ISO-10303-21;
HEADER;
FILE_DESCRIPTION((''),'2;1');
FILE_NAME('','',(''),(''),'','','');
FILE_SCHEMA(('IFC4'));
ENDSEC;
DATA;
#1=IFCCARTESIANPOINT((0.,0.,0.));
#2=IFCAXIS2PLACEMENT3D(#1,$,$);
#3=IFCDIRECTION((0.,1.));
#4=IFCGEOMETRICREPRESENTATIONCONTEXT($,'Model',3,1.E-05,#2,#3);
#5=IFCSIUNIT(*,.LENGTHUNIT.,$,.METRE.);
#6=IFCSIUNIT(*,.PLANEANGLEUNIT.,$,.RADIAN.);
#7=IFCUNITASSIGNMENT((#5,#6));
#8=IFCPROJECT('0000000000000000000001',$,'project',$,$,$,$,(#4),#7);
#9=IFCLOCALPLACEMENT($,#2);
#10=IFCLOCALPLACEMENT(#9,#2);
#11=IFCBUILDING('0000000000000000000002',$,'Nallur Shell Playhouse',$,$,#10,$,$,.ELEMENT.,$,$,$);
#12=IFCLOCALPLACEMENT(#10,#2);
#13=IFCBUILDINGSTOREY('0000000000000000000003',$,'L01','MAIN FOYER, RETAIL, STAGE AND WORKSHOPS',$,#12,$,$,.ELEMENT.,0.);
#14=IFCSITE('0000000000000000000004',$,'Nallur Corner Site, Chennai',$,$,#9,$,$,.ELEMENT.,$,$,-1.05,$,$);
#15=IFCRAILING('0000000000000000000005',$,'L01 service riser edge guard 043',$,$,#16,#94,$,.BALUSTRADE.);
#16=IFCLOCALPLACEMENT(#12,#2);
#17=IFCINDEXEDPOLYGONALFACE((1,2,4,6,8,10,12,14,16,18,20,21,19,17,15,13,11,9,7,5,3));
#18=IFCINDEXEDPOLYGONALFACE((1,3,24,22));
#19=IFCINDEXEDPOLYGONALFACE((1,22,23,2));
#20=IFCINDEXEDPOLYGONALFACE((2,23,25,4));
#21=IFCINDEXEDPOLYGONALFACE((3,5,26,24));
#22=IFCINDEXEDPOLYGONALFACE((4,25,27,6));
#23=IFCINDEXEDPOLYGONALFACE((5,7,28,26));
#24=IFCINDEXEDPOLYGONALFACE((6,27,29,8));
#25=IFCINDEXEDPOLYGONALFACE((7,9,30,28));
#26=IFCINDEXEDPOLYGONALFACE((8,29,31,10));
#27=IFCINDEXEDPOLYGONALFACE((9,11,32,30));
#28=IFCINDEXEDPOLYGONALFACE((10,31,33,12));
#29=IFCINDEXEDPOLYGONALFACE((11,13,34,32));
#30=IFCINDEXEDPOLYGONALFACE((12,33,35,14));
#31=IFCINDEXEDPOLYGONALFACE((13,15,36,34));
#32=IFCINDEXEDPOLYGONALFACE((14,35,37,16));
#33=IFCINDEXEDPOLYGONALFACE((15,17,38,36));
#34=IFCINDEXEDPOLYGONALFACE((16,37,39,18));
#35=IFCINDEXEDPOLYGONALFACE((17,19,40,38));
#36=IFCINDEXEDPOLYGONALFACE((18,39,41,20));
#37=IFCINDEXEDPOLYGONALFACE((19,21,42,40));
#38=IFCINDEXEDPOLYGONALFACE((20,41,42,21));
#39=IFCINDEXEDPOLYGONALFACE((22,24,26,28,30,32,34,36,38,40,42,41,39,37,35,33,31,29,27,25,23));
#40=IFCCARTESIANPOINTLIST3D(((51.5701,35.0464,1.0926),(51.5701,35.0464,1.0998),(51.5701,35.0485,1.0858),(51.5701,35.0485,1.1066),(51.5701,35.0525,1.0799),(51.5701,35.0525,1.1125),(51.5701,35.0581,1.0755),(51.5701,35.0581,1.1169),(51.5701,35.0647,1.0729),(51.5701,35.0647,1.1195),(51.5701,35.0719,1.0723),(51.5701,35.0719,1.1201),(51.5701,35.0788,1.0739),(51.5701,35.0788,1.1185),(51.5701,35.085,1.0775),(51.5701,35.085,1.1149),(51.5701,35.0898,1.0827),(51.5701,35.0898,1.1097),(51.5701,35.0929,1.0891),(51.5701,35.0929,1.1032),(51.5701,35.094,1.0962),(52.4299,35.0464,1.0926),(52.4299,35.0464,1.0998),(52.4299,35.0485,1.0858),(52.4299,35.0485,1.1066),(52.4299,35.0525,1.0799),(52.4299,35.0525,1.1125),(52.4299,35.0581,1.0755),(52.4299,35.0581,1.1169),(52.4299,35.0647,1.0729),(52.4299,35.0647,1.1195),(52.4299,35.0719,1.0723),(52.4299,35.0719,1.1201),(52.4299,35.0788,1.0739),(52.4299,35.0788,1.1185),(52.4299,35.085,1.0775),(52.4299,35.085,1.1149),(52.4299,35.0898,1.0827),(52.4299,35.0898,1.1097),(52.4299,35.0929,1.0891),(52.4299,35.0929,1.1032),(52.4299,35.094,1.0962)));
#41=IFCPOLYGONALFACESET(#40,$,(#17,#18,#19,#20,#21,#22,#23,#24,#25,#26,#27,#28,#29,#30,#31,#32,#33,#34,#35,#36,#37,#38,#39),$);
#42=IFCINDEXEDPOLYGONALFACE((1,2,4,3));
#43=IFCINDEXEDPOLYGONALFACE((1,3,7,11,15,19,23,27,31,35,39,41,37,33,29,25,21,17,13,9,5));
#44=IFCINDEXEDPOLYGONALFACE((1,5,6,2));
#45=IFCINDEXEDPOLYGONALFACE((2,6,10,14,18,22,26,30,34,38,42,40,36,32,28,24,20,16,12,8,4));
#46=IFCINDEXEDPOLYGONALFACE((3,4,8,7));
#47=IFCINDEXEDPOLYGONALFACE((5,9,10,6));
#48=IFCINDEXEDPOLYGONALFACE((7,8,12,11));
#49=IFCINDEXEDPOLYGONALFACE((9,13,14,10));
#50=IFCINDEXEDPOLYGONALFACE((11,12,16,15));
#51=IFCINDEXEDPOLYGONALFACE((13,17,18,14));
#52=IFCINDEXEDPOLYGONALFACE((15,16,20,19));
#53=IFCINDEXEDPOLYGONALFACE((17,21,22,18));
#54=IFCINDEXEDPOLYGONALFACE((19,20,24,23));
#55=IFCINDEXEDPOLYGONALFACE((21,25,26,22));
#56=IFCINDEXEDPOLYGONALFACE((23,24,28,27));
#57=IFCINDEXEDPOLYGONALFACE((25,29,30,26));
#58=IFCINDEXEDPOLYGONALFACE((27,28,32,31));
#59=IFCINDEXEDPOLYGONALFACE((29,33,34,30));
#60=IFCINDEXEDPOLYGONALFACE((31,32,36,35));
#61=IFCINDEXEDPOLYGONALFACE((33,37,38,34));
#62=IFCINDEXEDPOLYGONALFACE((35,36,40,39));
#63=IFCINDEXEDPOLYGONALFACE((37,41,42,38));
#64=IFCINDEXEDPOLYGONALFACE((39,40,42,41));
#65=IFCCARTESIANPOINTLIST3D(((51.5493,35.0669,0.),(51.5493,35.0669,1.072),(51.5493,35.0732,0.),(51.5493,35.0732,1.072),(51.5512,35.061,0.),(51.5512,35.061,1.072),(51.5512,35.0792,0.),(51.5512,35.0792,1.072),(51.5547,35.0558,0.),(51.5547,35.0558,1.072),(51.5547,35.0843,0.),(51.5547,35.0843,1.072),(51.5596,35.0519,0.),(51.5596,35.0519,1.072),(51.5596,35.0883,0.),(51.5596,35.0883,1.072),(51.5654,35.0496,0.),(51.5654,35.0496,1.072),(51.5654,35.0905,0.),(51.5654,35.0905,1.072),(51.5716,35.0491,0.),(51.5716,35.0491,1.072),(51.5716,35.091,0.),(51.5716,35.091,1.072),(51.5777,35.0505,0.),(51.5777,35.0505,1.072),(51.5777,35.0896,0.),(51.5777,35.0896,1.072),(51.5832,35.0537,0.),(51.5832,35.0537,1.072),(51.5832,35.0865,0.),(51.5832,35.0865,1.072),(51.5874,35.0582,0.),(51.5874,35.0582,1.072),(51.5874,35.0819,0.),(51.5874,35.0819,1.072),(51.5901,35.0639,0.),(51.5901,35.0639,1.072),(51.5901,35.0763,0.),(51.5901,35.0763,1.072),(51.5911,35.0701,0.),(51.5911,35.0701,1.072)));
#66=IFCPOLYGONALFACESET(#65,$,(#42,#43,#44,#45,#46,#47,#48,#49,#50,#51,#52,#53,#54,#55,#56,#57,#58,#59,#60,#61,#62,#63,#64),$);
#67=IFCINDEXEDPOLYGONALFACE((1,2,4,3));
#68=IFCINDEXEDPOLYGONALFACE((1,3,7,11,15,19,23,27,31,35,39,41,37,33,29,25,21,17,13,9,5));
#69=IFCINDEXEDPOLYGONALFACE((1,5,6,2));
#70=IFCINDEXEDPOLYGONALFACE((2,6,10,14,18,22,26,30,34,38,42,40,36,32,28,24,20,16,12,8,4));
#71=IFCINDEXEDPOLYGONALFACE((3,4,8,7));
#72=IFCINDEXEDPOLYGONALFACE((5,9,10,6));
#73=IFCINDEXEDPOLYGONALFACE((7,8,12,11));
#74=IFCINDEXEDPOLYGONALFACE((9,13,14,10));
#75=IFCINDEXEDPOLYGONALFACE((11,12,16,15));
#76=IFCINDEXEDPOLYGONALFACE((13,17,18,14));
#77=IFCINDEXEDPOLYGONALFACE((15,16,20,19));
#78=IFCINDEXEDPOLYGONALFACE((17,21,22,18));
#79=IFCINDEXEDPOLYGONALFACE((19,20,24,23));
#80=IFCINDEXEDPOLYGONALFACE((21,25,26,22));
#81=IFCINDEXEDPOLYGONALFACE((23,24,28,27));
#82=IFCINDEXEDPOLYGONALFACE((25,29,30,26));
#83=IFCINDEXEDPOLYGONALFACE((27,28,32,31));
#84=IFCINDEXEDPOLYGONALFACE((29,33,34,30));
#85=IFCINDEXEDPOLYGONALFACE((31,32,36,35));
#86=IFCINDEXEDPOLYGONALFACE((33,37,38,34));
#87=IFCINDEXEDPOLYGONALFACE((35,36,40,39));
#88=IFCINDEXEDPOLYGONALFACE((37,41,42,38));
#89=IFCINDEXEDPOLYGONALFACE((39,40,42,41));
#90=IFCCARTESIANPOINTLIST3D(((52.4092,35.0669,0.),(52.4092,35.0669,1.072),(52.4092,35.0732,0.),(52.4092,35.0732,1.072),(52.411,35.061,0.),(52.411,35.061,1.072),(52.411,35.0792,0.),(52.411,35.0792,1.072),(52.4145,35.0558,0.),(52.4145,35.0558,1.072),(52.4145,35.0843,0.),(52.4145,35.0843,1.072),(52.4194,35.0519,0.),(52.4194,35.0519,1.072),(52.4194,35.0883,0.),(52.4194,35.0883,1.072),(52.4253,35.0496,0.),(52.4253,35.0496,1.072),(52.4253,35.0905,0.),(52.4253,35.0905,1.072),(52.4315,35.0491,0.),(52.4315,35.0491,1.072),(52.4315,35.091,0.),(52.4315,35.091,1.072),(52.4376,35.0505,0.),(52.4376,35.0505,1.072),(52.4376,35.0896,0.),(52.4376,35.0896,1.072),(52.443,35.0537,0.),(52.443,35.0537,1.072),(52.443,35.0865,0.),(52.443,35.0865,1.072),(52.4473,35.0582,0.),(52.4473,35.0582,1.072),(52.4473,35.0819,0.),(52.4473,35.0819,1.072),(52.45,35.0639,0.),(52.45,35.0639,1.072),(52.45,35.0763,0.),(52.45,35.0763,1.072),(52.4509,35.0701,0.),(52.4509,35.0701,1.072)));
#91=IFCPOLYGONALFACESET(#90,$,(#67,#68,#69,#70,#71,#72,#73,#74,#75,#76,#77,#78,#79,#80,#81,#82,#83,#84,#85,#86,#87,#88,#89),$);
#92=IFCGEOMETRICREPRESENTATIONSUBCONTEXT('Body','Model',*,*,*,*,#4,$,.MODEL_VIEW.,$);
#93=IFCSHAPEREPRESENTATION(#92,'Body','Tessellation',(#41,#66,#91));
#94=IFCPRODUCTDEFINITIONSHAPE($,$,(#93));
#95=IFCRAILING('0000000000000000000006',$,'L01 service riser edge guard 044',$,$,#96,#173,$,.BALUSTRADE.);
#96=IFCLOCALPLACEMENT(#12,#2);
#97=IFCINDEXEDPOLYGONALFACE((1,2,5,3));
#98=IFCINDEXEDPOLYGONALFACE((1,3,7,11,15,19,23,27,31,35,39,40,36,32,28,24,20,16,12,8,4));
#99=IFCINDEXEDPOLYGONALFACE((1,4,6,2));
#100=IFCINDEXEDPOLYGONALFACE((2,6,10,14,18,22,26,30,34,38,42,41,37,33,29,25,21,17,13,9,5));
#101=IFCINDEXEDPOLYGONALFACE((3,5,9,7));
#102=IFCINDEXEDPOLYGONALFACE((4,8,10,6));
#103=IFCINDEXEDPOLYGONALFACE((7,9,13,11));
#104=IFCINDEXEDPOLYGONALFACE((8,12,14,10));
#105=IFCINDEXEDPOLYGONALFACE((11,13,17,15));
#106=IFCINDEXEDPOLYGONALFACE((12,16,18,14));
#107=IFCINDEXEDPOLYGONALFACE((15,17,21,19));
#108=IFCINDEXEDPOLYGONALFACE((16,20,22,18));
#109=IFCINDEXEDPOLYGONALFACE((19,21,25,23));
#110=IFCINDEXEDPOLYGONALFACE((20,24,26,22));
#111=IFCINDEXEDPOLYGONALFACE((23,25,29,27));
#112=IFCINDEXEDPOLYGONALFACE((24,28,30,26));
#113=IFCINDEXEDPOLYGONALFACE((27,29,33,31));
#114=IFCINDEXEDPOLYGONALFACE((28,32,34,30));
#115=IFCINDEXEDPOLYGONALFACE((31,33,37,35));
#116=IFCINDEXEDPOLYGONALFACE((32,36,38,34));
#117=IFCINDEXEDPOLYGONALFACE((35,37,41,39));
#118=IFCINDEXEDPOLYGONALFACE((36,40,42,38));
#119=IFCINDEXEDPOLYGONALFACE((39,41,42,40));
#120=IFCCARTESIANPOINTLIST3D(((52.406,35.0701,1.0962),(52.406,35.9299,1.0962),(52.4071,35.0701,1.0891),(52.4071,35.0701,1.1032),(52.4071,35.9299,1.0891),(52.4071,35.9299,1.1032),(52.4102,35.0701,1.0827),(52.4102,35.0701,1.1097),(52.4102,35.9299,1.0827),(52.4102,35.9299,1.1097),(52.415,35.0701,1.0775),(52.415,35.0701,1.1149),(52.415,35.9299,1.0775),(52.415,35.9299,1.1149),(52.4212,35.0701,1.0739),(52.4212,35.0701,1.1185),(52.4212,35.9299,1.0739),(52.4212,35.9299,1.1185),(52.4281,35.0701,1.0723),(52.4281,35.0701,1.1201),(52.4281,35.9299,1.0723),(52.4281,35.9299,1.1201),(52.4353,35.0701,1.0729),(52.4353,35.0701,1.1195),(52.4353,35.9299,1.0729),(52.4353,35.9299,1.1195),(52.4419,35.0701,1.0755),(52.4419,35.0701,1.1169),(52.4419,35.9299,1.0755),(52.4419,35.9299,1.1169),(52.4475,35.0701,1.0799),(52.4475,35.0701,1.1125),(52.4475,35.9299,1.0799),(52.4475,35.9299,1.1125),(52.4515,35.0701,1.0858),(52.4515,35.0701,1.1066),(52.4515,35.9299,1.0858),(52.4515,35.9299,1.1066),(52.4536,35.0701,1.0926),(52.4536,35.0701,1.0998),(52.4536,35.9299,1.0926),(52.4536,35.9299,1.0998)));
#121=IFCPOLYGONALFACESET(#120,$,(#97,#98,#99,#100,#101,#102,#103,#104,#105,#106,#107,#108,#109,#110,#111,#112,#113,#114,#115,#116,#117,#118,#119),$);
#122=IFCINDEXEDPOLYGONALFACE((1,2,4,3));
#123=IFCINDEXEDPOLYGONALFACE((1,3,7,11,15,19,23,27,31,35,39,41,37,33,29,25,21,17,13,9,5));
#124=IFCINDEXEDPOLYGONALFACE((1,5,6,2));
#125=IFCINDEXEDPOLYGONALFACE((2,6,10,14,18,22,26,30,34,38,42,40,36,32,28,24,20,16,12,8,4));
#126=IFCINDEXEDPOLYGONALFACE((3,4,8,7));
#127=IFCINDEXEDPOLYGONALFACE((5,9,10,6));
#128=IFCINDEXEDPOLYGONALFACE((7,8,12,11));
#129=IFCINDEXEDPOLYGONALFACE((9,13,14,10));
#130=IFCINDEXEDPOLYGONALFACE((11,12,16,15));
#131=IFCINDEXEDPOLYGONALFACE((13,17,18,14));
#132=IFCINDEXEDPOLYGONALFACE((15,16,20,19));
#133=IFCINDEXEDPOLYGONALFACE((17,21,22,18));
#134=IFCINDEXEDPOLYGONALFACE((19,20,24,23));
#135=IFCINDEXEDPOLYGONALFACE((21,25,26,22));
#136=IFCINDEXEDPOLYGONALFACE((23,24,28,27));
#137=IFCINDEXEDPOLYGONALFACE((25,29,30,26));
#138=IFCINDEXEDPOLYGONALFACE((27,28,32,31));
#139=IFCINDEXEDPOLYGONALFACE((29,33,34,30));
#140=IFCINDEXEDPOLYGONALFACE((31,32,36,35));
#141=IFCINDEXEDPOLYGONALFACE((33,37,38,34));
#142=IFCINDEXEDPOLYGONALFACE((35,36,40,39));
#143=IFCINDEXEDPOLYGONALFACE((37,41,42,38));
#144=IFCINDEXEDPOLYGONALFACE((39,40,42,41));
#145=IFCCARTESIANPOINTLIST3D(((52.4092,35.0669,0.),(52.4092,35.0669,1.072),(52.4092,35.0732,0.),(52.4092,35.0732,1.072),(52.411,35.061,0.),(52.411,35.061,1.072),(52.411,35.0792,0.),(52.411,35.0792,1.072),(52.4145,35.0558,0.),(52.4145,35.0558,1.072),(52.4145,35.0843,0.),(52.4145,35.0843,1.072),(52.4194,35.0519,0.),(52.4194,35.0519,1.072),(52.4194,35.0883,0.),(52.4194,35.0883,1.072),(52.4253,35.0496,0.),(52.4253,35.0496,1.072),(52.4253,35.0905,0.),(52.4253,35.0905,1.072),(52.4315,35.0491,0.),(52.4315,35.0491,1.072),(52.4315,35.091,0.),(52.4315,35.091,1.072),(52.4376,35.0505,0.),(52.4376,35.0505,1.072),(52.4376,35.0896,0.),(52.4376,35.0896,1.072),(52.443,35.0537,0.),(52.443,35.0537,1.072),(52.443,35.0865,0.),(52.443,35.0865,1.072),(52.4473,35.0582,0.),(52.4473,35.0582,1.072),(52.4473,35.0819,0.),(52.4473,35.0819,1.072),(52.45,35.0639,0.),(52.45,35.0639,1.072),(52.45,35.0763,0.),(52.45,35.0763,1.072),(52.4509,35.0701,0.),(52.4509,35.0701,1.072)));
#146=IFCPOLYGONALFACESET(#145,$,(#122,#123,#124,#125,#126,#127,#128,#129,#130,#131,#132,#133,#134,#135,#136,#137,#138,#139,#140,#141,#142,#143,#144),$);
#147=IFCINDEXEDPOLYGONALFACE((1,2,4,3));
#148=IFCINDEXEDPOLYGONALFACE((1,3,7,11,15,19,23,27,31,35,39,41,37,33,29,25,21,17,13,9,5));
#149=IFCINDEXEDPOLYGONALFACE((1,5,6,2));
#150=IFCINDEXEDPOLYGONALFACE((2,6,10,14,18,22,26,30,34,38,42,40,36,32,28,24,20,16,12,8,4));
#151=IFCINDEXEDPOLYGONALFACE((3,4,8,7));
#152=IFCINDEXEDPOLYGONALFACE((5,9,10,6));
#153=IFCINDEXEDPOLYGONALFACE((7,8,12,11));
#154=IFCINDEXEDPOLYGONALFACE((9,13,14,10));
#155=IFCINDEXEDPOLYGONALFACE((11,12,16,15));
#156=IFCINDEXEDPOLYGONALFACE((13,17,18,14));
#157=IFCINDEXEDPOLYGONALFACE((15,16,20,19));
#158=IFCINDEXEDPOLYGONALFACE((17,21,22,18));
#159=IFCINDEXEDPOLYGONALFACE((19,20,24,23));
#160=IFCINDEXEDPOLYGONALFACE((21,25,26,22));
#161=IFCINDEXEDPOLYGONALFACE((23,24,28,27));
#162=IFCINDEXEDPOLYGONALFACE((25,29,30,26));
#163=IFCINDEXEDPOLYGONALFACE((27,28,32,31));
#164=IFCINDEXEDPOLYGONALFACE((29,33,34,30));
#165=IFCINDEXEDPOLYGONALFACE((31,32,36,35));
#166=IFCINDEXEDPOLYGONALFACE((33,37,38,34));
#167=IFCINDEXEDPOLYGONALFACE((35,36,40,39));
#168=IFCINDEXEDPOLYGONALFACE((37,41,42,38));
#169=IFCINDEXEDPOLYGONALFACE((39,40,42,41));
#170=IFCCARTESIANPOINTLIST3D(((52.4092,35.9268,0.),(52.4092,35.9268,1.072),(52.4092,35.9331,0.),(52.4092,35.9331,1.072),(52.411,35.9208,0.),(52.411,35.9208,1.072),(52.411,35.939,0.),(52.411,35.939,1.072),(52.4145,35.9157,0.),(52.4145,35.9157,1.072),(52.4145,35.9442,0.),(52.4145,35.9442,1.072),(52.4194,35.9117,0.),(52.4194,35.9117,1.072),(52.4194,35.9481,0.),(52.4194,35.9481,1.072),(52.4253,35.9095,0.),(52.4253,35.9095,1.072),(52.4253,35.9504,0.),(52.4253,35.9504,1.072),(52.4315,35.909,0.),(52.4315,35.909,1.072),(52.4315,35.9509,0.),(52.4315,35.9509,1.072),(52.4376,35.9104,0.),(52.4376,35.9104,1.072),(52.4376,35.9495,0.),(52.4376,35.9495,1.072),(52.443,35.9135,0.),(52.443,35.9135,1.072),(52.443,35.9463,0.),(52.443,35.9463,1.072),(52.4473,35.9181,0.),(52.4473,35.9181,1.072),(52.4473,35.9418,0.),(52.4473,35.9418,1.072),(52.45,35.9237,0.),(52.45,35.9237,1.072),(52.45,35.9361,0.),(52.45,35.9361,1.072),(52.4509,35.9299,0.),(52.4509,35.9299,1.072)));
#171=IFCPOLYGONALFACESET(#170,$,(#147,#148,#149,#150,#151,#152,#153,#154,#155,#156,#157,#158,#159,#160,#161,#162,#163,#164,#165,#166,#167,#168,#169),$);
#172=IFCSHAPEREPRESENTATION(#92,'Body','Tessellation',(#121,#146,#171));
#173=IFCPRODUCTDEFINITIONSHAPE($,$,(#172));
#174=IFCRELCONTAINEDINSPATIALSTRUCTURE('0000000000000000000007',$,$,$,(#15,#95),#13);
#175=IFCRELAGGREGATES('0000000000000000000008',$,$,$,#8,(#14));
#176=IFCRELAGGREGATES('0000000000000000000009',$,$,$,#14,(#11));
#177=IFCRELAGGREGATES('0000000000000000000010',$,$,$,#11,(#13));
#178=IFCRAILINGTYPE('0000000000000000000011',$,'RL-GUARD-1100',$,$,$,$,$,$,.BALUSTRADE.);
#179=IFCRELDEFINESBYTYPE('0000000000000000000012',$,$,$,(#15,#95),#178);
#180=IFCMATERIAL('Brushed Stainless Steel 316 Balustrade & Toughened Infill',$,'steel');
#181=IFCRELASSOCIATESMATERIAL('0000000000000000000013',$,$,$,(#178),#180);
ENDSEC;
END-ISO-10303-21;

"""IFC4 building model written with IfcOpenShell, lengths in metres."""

from ifc_helpers import new_model, si_unit, direction, frame, origin, origin_2d, place, context, subcontext, project, spatial, circle, extrude, material, type_object, element, save


model = new_model("IFC4")

# Units and contexts
model_context = context("Model", 3, precision=1e-05, world=origin(), true_north=direction((0.0, 1.0)))
body_context = subcontext(model_context, "Body", "Model", "MODEL_VIEW")
ifc_project = project(units=[si_unit("LENGTHUNIT", "METRE"), si_unit("PLANEANGLEUNIT", "RADIAN")], contexts=[model_context])

# Site, building, storey
site_placement = place(None, origin())
site = spatial("IfcSite", under=ifc_project, at=site_placement, Name="Nallur Corner Site, Chennai", CompositionType="ELEMENT", RefElevation=-1.05)
building_placement = place(site_placement, origin())
building = spatial("IfcBuilding", under=site, at=building_placement, Name="Nallur Shell Playhouse", CompositionType="ELEMENT")
storey_placement = place(building_placement, origin())
storey = spatial("IfcBuildingStorey", under=building, at=storey_placement, Name="L01", Description="MAIN FOYER, RETAIL, STAGE AND WORKSHOPS", CompositionType="ELEMENT", Elevation=0.0)

# Railings
ifc_material_1 = material(Name="Brushed Stainless Steel 316 Balustrade & Toughened Infill", Category="steel")
railing_type = type_object("IfcRailingType", Name="RL-GUARD-1100", PredefinedType="BALUSTRADE", material=ifc_material_1)
railing_1_placement = place(storey_placement, frame((51.5701, 35.0701, 0.0)))
element("IfcRailing", 1, at=railing_1_placement, inside=storey, type_object=railing_type, Name="L01 service riser edge guard 043", PredefinedType="BALUSTRADE", context=body_context, shape_type="SweptSolid", body=[
    extrude(circle(Radius=0.0239, at=origin_2d()), frame((0.0, 0.0, 1.0962), z_axis=(1.0, 0.0, 0.0), x_axis=(0.0, 1.0, 0.0)), (0.0, 0.0, 1.0), 0.8599),
    extrude(circle(Radius=0.021, at=origin_2d()), origin(), (0.0, 0.0, 1.0), 1.072),
    extrude(circle(Radius=0.021, at=origin_2d()), frame((0.8599, 0.0, 0.0)), (0.0, 0.0, 1.0), 1.072),
])
railing_2_placement = place(storey_placement, frame((52.4299, 35.0701, 0.0)))
element("IfcRailing", 2, at=railing_2_placement, inside=storey, type_object=railing_type, Name="L01 service riser edge guard 044", PredefinedType="BALUSTRADE", context=body_context, shape_type="SweptSolid", body=[
    extrude(circle(Radius=0.0239, at=origin_2d()), frame((0.0, 0.0, 1.0962), z_axis=(0.0, 1.0, 0.0), x_axis=(-1.0, 0.0, 0.0)), (0.0, 0.0, 1.0), 0.8599),
    extrude(circle(Radius=0.021, at=origin_2d()), origin(), (0.0, 0.0, 1.0), 1.072),
    extrude(circle(Radius=0.021, at=origin_2d()), frame((0.0, 0.8599, 0.0)), (0.0, 0.0, 1.0), 1.072),
])

save(model, "model.ifc")
